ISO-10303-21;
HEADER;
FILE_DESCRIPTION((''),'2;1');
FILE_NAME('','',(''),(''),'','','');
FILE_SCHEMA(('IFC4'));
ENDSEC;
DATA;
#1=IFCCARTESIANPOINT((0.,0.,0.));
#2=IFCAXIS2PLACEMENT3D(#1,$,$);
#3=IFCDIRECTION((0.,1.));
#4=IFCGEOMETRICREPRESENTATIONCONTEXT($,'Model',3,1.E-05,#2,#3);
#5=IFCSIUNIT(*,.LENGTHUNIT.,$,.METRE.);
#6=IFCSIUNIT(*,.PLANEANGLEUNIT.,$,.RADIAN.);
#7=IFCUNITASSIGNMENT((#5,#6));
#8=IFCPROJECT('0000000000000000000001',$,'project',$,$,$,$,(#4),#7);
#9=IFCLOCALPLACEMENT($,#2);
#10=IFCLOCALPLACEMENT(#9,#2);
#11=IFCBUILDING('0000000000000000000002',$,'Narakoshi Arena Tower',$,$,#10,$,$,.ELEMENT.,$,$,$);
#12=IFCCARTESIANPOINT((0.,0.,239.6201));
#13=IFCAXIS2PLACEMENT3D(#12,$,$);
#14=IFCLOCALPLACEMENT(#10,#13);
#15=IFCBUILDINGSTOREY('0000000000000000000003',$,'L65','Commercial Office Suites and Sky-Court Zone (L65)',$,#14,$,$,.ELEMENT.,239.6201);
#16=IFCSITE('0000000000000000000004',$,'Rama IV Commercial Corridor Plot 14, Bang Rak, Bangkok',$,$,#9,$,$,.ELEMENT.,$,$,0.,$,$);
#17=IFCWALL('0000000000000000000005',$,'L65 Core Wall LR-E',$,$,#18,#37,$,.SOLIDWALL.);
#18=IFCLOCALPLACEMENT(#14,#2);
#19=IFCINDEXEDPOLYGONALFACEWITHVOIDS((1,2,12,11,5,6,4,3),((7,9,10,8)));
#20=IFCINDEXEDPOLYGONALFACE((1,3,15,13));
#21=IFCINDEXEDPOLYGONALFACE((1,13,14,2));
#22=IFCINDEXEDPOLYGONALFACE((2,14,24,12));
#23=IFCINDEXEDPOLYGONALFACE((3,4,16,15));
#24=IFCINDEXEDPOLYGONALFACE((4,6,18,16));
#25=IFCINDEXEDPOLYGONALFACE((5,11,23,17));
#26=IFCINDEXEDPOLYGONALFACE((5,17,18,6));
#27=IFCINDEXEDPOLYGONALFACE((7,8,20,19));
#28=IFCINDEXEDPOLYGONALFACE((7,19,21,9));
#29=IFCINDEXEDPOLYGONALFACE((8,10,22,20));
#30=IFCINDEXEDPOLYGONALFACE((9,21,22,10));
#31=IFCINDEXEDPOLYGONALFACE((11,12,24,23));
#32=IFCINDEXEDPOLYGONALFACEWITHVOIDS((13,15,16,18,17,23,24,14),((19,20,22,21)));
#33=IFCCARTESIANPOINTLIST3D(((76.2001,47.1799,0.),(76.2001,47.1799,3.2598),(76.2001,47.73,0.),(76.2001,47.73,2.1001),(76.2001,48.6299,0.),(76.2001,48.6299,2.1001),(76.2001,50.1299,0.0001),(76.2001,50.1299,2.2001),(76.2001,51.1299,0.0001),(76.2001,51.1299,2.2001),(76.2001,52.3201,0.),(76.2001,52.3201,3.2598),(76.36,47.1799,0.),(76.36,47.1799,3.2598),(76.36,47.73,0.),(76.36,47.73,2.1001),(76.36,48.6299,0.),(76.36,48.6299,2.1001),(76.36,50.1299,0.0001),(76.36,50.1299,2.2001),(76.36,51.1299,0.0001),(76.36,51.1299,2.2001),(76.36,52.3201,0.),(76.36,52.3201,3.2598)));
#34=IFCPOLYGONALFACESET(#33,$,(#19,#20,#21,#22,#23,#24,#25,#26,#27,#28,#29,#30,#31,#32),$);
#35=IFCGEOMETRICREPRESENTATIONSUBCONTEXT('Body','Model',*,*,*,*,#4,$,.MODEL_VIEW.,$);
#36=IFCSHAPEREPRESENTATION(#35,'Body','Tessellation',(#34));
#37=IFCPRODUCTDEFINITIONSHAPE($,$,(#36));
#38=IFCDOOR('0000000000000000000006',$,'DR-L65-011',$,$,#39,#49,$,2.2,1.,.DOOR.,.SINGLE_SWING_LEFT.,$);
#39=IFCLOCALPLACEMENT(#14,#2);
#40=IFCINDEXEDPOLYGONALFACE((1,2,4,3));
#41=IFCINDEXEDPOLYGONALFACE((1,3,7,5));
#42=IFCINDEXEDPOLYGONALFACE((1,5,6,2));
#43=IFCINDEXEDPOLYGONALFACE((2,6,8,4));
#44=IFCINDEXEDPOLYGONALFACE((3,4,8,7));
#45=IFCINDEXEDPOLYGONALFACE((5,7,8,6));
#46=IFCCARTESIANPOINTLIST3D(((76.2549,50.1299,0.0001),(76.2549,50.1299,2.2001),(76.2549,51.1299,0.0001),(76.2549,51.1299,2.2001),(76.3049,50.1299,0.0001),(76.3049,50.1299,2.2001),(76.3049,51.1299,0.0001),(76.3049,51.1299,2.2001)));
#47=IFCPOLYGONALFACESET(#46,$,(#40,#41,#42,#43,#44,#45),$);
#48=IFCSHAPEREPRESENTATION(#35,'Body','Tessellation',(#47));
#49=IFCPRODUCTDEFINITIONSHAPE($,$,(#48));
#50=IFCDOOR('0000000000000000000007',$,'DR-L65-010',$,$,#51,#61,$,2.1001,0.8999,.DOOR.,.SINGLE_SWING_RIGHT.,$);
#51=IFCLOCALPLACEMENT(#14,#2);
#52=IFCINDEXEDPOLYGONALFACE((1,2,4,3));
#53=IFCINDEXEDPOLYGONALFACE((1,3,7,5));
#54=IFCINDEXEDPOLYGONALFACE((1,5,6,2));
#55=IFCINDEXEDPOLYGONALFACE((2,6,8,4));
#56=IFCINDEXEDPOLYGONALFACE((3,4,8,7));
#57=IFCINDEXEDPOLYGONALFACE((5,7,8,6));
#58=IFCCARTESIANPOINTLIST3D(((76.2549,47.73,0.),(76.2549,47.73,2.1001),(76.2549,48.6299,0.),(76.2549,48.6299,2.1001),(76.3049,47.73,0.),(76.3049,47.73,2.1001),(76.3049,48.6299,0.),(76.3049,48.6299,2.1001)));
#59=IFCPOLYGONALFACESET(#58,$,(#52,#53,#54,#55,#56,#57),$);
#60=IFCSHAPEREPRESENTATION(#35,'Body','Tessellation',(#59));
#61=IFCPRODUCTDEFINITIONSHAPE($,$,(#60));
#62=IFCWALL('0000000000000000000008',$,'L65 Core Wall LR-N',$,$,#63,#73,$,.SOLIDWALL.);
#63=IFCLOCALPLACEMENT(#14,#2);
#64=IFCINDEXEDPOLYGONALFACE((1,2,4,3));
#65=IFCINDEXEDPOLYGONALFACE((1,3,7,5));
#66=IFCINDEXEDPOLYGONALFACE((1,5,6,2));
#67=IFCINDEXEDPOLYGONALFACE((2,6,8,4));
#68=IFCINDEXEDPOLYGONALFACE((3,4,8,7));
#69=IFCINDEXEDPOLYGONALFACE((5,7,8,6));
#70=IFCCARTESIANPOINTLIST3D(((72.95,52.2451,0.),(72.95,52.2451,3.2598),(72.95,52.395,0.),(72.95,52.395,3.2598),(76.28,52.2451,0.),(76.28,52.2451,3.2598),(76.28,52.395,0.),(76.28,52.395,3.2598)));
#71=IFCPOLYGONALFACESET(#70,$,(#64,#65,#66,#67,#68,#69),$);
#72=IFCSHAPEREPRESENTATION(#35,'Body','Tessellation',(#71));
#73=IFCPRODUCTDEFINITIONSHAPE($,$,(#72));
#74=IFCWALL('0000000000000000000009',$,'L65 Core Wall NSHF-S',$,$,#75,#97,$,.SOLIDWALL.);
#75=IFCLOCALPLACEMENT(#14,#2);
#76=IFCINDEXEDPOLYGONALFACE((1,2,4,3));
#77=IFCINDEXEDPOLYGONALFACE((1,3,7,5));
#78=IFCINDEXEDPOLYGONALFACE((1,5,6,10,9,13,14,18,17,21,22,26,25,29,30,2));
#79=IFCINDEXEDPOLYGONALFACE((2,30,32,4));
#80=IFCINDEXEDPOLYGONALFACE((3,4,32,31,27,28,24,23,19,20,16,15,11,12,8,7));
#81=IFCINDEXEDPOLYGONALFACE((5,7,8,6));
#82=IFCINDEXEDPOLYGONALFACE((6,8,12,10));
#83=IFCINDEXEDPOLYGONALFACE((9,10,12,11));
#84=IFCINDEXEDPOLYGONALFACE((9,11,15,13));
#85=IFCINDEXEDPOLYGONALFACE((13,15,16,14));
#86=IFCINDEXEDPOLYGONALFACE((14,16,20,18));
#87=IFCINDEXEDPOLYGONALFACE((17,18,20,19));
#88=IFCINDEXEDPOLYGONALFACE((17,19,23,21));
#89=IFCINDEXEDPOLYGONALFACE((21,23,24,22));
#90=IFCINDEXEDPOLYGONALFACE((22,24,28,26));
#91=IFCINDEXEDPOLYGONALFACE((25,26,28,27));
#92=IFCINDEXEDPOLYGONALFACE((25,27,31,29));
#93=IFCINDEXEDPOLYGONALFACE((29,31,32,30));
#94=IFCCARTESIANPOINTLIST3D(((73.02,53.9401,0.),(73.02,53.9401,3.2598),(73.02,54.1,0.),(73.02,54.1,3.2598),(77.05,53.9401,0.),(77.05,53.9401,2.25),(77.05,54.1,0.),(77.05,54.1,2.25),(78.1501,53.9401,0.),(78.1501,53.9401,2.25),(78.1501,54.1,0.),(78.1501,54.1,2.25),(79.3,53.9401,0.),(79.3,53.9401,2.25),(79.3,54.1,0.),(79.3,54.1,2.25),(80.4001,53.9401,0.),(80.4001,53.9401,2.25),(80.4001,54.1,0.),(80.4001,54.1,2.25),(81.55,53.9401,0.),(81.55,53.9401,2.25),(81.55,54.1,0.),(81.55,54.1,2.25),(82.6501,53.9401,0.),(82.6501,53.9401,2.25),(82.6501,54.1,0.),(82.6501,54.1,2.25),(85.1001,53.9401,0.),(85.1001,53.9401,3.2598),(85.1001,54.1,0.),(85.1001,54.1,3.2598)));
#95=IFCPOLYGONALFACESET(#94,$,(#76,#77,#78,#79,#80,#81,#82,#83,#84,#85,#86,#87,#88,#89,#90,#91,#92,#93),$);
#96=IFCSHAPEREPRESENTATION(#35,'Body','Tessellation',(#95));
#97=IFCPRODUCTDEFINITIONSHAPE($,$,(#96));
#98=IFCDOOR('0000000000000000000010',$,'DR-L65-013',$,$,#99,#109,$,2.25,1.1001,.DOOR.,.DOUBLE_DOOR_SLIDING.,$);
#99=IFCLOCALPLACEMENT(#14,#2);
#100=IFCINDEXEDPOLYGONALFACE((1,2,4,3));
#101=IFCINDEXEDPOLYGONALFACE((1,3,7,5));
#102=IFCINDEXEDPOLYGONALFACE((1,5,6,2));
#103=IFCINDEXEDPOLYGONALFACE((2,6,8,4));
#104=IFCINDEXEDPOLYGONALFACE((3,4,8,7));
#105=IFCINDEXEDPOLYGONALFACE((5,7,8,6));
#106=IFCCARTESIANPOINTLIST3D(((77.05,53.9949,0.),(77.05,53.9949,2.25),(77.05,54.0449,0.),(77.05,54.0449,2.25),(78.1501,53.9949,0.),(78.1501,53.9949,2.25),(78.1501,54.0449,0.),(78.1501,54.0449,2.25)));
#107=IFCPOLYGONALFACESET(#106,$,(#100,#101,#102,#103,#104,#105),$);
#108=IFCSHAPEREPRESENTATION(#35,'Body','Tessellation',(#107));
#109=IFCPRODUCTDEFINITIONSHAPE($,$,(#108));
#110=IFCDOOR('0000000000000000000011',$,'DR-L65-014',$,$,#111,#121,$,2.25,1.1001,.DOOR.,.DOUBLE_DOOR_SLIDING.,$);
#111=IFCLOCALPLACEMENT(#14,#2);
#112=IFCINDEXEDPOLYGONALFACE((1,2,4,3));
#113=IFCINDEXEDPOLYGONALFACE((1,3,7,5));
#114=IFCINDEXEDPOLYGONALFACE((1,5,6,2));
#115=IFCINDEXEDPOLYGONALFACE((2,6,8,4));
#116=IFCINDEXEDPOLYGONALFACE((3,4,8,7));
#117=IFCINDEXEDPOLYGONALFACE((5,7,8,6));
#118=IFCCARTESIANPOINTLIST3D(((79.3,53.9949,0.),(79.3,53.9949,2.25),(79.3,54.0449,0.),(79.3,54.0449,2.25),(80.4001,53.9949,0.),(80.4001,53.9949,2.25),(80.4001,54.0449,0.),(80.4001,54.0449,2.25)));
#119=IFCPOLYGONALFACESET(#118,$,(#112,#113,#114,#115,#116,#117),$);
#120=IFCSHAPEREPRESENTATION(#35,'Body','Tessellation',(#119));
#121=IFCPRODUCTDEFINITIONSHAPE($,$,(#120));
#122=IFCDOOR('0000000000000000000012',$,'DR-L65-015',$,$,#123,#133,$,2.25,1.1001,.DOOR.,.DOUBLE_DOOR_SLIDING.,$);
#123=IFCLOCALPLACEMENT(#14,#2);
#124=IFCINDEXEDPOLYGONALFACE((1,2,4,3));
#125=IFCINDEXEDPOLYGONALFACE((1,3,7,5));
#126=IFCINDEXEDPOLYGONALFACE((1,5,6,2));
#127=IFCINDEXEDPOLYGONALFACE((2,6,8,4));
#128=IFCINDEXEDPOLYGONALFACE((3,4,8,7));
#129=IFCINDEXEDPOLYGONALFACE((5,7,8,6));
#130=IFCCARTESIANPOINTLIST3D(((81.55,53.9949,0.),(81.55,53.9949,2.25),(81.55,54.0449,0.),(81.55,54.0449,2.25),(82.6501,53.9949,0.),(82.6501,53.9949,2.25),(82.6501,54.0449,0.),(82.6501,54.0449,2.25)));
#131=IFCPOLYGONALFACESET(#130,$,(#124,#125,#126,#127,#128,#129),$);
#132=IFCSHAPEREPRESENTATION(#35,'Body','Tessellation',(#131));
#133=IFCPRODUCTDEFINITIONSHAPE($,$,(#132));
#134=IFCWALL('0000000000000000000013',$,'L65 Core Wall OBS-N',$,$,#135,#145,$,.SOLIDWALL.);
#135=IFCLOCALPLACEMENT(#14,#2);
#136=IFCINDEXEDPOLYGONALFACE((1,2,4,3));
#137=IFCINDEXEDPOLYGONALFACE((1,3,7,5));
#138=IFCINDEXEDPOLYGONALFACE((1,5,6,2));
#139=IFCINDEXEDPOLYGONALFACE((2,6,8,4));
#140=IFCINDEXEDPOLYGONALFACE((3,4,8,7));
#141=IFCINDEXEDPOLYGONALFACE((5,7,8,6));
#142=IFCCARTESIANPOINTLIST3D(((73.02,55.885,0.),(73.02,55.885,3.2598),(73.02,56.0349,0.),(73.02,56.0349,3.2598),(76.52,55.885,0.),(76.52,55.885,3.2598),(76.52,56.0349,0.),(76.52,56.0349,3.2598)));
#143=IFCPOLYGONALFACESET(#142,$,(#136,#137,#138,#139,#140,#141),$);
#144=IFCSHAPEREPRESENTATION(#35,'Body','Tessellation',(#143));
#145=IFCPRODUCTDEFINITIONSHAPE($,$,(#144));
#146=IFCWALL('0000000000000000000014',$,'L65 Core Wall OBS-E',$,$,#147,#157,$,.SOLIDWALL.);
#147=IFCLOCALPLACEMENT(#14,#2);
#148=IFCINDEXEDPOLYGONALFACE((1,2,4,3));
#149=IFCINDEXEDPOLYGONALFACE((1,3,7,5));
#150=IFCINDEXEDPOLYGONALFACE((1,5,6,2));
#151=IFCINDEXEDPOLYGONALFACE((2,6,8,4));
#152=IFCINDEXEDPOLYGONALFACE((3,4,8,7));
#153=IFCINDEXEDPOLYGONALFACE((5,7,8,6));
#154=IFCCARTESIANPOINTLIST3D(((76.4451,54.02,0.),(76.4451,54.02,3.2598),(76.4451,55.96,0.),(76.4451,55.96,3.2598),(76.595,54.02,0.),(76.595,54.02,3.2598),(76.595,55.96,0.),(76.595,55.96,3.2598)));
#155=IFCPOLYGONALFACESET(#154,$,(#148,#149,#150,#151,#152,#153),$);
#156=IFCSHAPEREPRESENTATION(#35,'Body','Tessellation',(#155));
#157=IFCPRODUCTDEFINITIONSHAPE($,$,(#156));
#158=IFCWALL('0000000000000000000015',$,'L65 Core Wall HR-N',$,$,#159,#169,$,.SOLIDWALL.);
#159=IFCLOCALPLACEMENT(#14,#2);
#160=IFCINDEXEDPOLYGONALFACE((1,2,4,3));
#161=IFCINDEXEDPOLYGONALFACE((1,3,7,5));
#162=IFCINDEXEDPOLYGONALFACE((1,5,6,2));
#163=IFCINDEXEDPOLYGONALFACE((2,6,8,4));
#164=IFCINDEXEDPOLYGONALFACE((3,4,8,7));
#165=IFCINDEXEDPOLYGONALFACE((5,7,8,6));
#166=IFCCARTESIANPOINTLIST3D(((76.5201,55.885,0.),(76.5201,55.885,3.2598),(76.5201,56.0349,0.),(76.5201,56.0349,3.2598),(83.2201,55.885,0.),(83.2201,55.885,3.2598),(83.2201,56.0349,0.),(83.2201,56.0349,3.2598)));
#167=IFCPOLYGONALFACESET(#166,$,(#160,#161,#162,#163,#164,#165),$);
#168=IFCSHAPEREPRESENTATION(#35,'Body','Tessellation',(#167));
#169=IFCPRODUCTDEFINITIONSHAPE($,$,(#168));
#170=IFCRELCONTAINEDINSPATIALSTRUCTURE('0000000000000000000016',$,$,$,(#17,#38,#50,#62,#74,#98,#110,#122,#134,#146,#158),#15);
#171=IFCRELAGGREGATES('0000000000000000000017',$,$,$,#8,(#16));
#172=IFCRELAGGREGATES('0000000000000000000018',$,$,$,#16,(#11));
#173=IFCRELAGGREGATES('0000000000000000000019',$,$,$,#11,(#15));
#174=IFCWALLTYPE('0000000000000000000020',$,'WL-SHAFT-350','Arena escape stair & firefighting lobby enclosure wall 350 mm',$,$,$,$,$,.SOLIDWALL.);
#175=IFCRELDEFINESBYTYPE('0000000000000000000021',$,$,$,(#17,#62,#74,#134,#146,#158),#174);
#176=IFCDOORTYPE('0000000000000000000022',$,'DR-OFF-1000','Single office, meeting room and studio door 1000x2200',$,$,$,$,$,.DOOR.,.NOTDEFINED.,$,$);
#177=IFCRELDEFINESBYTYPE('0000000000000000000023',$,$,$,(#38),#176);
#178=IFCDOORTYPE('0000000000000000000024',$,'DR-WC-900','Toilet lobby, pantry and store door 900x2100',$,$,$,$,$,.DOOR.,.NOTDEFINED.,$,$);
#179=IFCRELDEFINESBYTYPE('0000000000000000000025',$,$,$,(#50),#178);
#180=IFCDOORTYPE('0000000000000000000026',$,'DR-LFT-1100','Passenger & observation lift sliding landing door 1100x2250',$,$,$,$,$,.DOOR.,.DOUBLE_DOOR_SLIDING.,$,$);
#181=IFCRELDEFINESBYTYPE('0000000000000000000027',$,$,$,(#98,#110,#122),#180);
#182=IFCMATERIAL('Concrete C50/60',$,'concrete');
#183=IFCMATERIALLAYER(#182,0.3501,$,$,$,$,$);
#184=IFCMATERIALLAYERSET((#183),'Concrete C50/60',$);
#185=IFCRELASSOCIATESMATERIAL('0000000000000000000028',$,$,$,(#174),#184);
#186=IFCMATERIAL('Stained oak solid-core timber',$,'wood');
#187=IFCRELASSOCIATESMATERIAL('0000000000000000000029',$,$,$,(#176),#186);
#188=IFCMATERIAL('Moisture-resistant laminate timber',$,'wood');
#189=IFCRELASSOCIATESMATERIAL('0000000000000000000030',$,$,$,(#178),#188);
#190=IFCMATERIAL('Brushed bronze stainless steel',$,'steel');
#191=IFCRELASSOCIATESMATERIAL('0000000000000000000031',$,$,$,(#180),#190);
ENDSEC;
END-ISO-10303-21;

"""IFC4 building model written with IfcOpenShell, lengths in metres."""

from ifc_helpers import new_model, si_unit, direction, frame, frame_2d, origin, place, context, subcontext, project, spatial, rectangle, extrude, material, layer, layer_set, type_object, element, fill, save


model = new_model("IFC4")

# Units and contexts
model_context = context("Model", 3, precision=1e-05, world=origin(), true_north=direction((0.0, 1.0)))
body_context = subcontext(model_context, "Body", "Model", "MODEL_VIEW")
ifc_project = project(units=[si_unit("LENGTHUNIT", "METRE"), si_unit("PLANEANGLEUNIT", "RADIAN")], contexts=[model_context])

# Site, building, storey
site_placement = place(None, origin())
site = spatial("IfcSite", under=ifc_project, at=site_placement, Name="Rama IV Commercial Corridor Plot 14, Bang Rak, Bangkok", CompositionType="ELEMENT", RefElevation=0.0)
building_placement = place(site_placement, origin())
building = spatial("IfcBuilding", under=site, at=building_placement, Name="Narakoshi Arena Tower", CompositionType="ELEMENT")
storey_placement = place(building_placement, frame((0.0, 0.0, 239.6201)))
storey = spatial("IfcBuildingStorey", under=building, at=storey_placement, Name="L65", Description="Commercial Office Suites and Sky-Court Zone (L65)", CompositionType="ELEMENT", Elevation=239.6201)

# Shared definitions
ifc_material_1 = material(Name="Concrete C50/60", Category="concrete")

# Shared definitions
ifc_layer_1 = layer(ifc_material_1, 0.3501)
ifc_layer_set_1 = layer_set([ifc_layer_1], Name="Concrete C50/60")
wall_type_1 = type_object("IfcWallType", Name="WL-SHAFT-350", Description="Arena escape stair & firefighting lobby enclosure wall 350 mm", PredefinedType="SOLIDWALL", material=ifc_layer_set_1)

# Wall, openings, doors
wall_1_placement = place(storey_placement, frame((76.28, 47.1799, 0.0), z_axis=(0.0, 0.0, 1.0), x_axis=(0.0, 1.0, 0.0)))
wall_1 = element("IfcWall", 1, at=wall_1_placement, inside=storey, type_object=wall_type_1, Name="L65 Core Wall LR-E", PredefinedType="SOLIDWALL", context=body_context, shape_type="SweptSolid", body=[
    extrude(rectangle(XDim=5.1401, YDim=0.1599, at=frame_2d((2.5701, 0.0))), origin(), (0.0, 0.0, 1.0), 3.2598),
])
opening_1_placement = place(wall_1_placement, frame((0.55, 0.0, 0.0)))
opening_1 = element("IfcOpeningElement", 2, at=opening_1_placement, cuts=wall_1, PredefinedType="OPENING", context=body_context, shape_type="SweptSolid", body=[
    extrude(rectangle(XDim=0.8999, YDim=2.1001, at=frame_2d((0.45, 1.05))), frame((0.0, 0.0898, 0.0), z_axis=(0.0, -1.0, 0.0), x_axis=(1.0, 0.0, 0.0)), (0.0, 0.0, 1.0), 0.1799),
])
opening_2_placement = place(wall_1_placement, frame((2.95, 0.0, 0.0)))
opening_2 = element("IfcOpeningElement", 3, at=opening_2_placement, cuts=wall_1, PredefinedType="OPENING", context=body_context, shape_type="SweptSolid", body=[
    extrude(rectangle(XDim=1.0, YDim=2.2, at=frame_2d((0.5, 1.1001))), frame((0.0, 0.0898, 0.0), z_axis=(0.0, -1.0, 0.0), x_axis=(1.0, 0.0, 0.0)), (0.0, 0.0, 1.0), 0.1799),
])
ifc_material_2 = material(Name="Stained oak solid-core timber", Category="wood")
door_type_1 = type_object("IfcDoorType", Name="DR-OFF-1000", Description="Single office, meeting room and studio door 1000x2200", OperationType="NOTDEFINED", PredefinedType="DOOR", material=ifc_material_2)
door_1_placement = place(opening_2_placement, frame((1.0, 0.0, 0.0), z_axis=(0.0, 0.0, 1.0), x_axis=(-1.0, 0.0, 0.0)))
door_1 = element("IfcDoor", 4, at=door_1_placement, inside=storey, type_object=door_type_1, Name="DR-L65-011", OperationType="SINGLE_SWING_LEFT", OverallHeight=2.2, OverallWidth=1.0, PredefinedType="DOOR", context=body_context, shape_type="SweptSolid", body=[
    extrude(rectangle(XDim=1.0, YDim=2.2, at=frame_2d((0.5, 1.1001))), frame((0.0, 0.0249, 0.0), z_axis=(0.0, -1.0, 0.0), x_axis=(1.0, 0.0, 0.0)), (0.0, 0.0, 1.0), 0.05),
])
fill(opening_2, door_1)
ifc_material_3 = material(Name="Moisture-resistant laminate timber", Category="wood")
door_type_2 = type_object("IfcDoorType", Name="DR-WC-900", Description="Toilet lobby, pantry and store door 900x2100", OperationType="NOTDEFINED", PredefinedType="DOOR", material=ifc_material_3)
door_2_placement = place(opening_1_placement, frame((0.8999, 0.0, 0.0), z_axis=(0.0, 0.0, 1.0), x_axis=(-1.0, 0.0, 0.0)))
door_2 = element("IfcDoor", 5, at=door_2_placement, inside=storey, type_object=door_type_2, Name="DR-L65-010", OperationType="SINGLE_SWING_RIGHT", OverallHeight=2.1001, OverallWidth=0.8999, PredefinedType="DOOR", context=body_context, shape_type="SweptSolid", body=[
    extrude(rectangle(XDim=0.8999, YDim=2.1001, at=frame_2d((0.45, 1.05))), frame((0.0, 0.0249, 0.0), z_axis=(0.0, -1.0, 0.0), x_axis=(1.0, 0.0, 0.0)), (0.0, 0.0, 1.0), 0.05),
])
fill(opening_1, door_2)

# Wall
wall_2_placement = place(storey_placement, frame((72.95, 52.3201, 0.0), z_axis=(0.0, 0.0, 1.0), x_axis=(1.0, 0.0, 0.0)))
element("IfcWall", 6, at=wall_2_placement, inside=storey, type_object=wall_type_1, Name="L65 Core Wall LR-N", PredefinedType="SOLIDWALL", context=body_context, shape_type="SweptSolid", body=[
    extrude(rectangle(XDim=3.3301, YDim=0.1499, at=frame_2d((1.665, 0.0))), origin(), (0.0, 0.0, 1.0), 3.2598),
])

# Wall, openings, doors
wall_3_placement = place(storey_placement, frame((73.02, 54.02, 0.0), z_axis=(0.0, 0.0, 1.0), x_axis=(1.0, 0.0, 0.0)))
wall_3 = element("IfcWall", 7, at=wall_3_placement, inside=storey, type_object=wall_type_1, Name="L65 Core Wall NSHF-S", PredefinedType="SOLIDWALL", context=body_context, shape_type="SweptSolid", body=[
    extrude(rectangle(XDim=12.0801, YDim=0.1599, at=frame_2d((6.04, 0.0))), origin(), (0.0, 0.0, 1.0), 3.2598),
])
opening_3_placement = place(wall_3_placement, frame((4.03, 0.0, 0.0)))
opening_3 = element("IfcOpeningElement", 8, at=opening_3_placement, cuts=wall_3, PredefinedType="OPENING", context=body_context, shape_type="SweptSolid", body=[
    extrude(rectangle(XDim=1.1001, YDim=2.25, at=frame_2d((0.55, 1.125))), frame((0.0, 0.0898, 0.0), z_axis=(0.0, -1.0, 0.0), x_axis=(1.0, 0.0, 0.0)), (0.0, 0.0, 1.0), 0.1799),
])
opening_4_placement = place(wall_3_placement, frame((6.28, 0.0, 0.0)))
opening_4 = element("IfcOpeningElement", 9, at=opening_4_placement, cuts=wall_3, PredefinedType="OPENING", context=body_context, shape_type="SweptSolid", body=[
    extrude(rectangle(XDim=1.1001, YDim=2.25, at=frame_2d((0.55, 1.125))), frame((0.0, 0.0898, 0.0), z_axis=(0.0, -1.0, 0.0), x_axis=(1.0, 0.0, 0.0)), (0.0, 0.0, 1.0), 0.1799),
])
opening_5_placement = place(wall_3_placement, frame((8.53, 0.0, 0.0)))
opening_5 = element("IfcOpeningElement", 10, at=opening_5_placement, cuts=wall_3, PredefinedType="OPENING", context=body_context, shape_type="SweptSolid", body=[
    extrude(rectangle(XDim=1.1001, YDim=2.25, at=frame_2d((0.55, 1.125))), frame((0.0, 0.0898, 0.0), z_axis=(0.0, -1.0, 0.0), x_axis=(1.0, 0.0, 0.0)), (0.0, 0.0, 1.0), 0.1799),
])
ifc_material_4 = material(Name="Brushed bronze stainless steel", Category="steel")
door_type_3 = type_object("IfcDoorType", Name="DR-LFT-1100", Description="Passenger & observation lift sliding landing door 1100x2250", OperationType="DOUBLE_DOOR_SLIDING", PredefinedType="DOOR", material=ifc_material_4)
door_3_placement = place(opening_3_placement, origin())
door_3 = element("IfcDoor", 11, at=door_3_placement, inside=storey, type_object=door_type_3, Name="DR-L65-013", OperationType="DOUBLE_DOOR_SLIDING", OverallHeight=2.25, OverallWidth=1.1001, PredefinedType="DOOR", context=body_context, shape_type="SweptSolid", body=[
    extrude(rectangle(XDim=1.1001, YDim=2.25, at=frame_2d((0.55, 1.125))), frame((0.0, 0.0249, 0.0), z_axis=(0.0, -1.0, 0.0), x_axis=(1.0, 0.0, 0.0)), (0.0, 0.0, 1.0), 0.05),
])
fill(opening_3, door_3)
door_4_placement = place(opening_4_placement, origin())
door_4 = element("IfcDoor", 12, at=door_4_placement, inside=storey, type_object=door_type_3, Name="DR-L65-014", OperationType="DOUBLE_DOOR_SLIDING", OverallHeight=2.25, OverallWidth=1.1001, PredefinedType="DOOR", context=body_context, shape_type="SweptSolid", body=[
    extrude(rectangle(XDim=1.1001, YDim=2.25, at=frame_2d((0.55, 1.125))), frame((0.0, 0.0249, 0.0), z_axis=(0.0, -1.0, 0.0), x_axis=(1.0, 0.0, 0.0)), (0.0, 0.0, 1.0), 0.05),
])
fill(opening_4, door_4)
door_5_placement = place(opening_5_placement, origin())
door_5 = element("IfcDoor", 13, at=door_5_placement, inside=storey, type_object=door_type_3, Name="DR-L65-015", OperationType="DOUBLE_DOOR_SLIDING", OverallHeight=2.25, OverallWidth=1.1001, PredefinedType="DOOR", context=body_context, shape_type="SweptSolid", body=[
    extrude(rectangle(XDim=1.1001, YDim=2.25, at=frame_2d((0.55, 1.125))), frame((0.0, 0.0249, 0.0), z_axis=(0.0, -1.0, 0.0), x_axis=(1.0, 0.0, 0.0)), (0.0, 0.0, 1.0), 0.05),
])
fill(opening_5, door_5)

# Walls
wall_4_placement = place(storey_placement, frame((73.02, 55.96, 0.0), z_axis=(0.0, 0.0, 1.0), x_axis=(1.0, 0.0, 0.0)))
element("IfcWall", 14, at=wall_4_placement, inside=storey, type_object=wall_type_1, Name="L65 Core Wall OBS-N", PredefinedType="SOLIDWALL", context=body_context, shape_type="SweptSolid", body=[
    extrude(rectangle(XDim=3.5, YDim=0.1499, at=frame_2d((1.75, 0.0))), origin(), (0.0, 0.0, 1.0), 3.2598),
])
wall_5_placement = place(storey_placement, frame((76.52, 54.02, 0.0), z_axis=(0.0, 0.0, 1.0), x_axis=(0.0, 1.0, 0.0)))
element("IfcWall", 15, at=wall_5_placement, inside=storey, type_object=wall_type_1, Name="L65 Core Wall OBS-E", PredefinedType="SOLIDWALL", context=body_context, shape_type="SweptSolid", body=[
    extrude(rectangle(XDim=1.9399, YDim=0.1499, at=frame_2d((0.97, 0.0))), origin(), (0.0, 0.0, 1.0), 3.2598),
])
wall_6_placement = place(storey_placement, frame((76.52, 55.96, 0.0), z_axis=(0.0, 0.0, 1.0), x_axis=(1.0, 0.0, 0.0)))
element("IfcWall", 16, at=wall_6_placement, inside=storey, type_object=wall_type_1, Name="L65 Core Wall HR-N", PredefinedType="SOLIDWALL", context=body_context, shape_type="SweptSolid", body=[
    extrude(rectangle(XDim=6.7, YDim=0.1499, at=frame_2d((3.3501, 0.0))), origin(), (0.0, 0.0, 1.0), 3.2598),
])

save(model, "model.ifc")
